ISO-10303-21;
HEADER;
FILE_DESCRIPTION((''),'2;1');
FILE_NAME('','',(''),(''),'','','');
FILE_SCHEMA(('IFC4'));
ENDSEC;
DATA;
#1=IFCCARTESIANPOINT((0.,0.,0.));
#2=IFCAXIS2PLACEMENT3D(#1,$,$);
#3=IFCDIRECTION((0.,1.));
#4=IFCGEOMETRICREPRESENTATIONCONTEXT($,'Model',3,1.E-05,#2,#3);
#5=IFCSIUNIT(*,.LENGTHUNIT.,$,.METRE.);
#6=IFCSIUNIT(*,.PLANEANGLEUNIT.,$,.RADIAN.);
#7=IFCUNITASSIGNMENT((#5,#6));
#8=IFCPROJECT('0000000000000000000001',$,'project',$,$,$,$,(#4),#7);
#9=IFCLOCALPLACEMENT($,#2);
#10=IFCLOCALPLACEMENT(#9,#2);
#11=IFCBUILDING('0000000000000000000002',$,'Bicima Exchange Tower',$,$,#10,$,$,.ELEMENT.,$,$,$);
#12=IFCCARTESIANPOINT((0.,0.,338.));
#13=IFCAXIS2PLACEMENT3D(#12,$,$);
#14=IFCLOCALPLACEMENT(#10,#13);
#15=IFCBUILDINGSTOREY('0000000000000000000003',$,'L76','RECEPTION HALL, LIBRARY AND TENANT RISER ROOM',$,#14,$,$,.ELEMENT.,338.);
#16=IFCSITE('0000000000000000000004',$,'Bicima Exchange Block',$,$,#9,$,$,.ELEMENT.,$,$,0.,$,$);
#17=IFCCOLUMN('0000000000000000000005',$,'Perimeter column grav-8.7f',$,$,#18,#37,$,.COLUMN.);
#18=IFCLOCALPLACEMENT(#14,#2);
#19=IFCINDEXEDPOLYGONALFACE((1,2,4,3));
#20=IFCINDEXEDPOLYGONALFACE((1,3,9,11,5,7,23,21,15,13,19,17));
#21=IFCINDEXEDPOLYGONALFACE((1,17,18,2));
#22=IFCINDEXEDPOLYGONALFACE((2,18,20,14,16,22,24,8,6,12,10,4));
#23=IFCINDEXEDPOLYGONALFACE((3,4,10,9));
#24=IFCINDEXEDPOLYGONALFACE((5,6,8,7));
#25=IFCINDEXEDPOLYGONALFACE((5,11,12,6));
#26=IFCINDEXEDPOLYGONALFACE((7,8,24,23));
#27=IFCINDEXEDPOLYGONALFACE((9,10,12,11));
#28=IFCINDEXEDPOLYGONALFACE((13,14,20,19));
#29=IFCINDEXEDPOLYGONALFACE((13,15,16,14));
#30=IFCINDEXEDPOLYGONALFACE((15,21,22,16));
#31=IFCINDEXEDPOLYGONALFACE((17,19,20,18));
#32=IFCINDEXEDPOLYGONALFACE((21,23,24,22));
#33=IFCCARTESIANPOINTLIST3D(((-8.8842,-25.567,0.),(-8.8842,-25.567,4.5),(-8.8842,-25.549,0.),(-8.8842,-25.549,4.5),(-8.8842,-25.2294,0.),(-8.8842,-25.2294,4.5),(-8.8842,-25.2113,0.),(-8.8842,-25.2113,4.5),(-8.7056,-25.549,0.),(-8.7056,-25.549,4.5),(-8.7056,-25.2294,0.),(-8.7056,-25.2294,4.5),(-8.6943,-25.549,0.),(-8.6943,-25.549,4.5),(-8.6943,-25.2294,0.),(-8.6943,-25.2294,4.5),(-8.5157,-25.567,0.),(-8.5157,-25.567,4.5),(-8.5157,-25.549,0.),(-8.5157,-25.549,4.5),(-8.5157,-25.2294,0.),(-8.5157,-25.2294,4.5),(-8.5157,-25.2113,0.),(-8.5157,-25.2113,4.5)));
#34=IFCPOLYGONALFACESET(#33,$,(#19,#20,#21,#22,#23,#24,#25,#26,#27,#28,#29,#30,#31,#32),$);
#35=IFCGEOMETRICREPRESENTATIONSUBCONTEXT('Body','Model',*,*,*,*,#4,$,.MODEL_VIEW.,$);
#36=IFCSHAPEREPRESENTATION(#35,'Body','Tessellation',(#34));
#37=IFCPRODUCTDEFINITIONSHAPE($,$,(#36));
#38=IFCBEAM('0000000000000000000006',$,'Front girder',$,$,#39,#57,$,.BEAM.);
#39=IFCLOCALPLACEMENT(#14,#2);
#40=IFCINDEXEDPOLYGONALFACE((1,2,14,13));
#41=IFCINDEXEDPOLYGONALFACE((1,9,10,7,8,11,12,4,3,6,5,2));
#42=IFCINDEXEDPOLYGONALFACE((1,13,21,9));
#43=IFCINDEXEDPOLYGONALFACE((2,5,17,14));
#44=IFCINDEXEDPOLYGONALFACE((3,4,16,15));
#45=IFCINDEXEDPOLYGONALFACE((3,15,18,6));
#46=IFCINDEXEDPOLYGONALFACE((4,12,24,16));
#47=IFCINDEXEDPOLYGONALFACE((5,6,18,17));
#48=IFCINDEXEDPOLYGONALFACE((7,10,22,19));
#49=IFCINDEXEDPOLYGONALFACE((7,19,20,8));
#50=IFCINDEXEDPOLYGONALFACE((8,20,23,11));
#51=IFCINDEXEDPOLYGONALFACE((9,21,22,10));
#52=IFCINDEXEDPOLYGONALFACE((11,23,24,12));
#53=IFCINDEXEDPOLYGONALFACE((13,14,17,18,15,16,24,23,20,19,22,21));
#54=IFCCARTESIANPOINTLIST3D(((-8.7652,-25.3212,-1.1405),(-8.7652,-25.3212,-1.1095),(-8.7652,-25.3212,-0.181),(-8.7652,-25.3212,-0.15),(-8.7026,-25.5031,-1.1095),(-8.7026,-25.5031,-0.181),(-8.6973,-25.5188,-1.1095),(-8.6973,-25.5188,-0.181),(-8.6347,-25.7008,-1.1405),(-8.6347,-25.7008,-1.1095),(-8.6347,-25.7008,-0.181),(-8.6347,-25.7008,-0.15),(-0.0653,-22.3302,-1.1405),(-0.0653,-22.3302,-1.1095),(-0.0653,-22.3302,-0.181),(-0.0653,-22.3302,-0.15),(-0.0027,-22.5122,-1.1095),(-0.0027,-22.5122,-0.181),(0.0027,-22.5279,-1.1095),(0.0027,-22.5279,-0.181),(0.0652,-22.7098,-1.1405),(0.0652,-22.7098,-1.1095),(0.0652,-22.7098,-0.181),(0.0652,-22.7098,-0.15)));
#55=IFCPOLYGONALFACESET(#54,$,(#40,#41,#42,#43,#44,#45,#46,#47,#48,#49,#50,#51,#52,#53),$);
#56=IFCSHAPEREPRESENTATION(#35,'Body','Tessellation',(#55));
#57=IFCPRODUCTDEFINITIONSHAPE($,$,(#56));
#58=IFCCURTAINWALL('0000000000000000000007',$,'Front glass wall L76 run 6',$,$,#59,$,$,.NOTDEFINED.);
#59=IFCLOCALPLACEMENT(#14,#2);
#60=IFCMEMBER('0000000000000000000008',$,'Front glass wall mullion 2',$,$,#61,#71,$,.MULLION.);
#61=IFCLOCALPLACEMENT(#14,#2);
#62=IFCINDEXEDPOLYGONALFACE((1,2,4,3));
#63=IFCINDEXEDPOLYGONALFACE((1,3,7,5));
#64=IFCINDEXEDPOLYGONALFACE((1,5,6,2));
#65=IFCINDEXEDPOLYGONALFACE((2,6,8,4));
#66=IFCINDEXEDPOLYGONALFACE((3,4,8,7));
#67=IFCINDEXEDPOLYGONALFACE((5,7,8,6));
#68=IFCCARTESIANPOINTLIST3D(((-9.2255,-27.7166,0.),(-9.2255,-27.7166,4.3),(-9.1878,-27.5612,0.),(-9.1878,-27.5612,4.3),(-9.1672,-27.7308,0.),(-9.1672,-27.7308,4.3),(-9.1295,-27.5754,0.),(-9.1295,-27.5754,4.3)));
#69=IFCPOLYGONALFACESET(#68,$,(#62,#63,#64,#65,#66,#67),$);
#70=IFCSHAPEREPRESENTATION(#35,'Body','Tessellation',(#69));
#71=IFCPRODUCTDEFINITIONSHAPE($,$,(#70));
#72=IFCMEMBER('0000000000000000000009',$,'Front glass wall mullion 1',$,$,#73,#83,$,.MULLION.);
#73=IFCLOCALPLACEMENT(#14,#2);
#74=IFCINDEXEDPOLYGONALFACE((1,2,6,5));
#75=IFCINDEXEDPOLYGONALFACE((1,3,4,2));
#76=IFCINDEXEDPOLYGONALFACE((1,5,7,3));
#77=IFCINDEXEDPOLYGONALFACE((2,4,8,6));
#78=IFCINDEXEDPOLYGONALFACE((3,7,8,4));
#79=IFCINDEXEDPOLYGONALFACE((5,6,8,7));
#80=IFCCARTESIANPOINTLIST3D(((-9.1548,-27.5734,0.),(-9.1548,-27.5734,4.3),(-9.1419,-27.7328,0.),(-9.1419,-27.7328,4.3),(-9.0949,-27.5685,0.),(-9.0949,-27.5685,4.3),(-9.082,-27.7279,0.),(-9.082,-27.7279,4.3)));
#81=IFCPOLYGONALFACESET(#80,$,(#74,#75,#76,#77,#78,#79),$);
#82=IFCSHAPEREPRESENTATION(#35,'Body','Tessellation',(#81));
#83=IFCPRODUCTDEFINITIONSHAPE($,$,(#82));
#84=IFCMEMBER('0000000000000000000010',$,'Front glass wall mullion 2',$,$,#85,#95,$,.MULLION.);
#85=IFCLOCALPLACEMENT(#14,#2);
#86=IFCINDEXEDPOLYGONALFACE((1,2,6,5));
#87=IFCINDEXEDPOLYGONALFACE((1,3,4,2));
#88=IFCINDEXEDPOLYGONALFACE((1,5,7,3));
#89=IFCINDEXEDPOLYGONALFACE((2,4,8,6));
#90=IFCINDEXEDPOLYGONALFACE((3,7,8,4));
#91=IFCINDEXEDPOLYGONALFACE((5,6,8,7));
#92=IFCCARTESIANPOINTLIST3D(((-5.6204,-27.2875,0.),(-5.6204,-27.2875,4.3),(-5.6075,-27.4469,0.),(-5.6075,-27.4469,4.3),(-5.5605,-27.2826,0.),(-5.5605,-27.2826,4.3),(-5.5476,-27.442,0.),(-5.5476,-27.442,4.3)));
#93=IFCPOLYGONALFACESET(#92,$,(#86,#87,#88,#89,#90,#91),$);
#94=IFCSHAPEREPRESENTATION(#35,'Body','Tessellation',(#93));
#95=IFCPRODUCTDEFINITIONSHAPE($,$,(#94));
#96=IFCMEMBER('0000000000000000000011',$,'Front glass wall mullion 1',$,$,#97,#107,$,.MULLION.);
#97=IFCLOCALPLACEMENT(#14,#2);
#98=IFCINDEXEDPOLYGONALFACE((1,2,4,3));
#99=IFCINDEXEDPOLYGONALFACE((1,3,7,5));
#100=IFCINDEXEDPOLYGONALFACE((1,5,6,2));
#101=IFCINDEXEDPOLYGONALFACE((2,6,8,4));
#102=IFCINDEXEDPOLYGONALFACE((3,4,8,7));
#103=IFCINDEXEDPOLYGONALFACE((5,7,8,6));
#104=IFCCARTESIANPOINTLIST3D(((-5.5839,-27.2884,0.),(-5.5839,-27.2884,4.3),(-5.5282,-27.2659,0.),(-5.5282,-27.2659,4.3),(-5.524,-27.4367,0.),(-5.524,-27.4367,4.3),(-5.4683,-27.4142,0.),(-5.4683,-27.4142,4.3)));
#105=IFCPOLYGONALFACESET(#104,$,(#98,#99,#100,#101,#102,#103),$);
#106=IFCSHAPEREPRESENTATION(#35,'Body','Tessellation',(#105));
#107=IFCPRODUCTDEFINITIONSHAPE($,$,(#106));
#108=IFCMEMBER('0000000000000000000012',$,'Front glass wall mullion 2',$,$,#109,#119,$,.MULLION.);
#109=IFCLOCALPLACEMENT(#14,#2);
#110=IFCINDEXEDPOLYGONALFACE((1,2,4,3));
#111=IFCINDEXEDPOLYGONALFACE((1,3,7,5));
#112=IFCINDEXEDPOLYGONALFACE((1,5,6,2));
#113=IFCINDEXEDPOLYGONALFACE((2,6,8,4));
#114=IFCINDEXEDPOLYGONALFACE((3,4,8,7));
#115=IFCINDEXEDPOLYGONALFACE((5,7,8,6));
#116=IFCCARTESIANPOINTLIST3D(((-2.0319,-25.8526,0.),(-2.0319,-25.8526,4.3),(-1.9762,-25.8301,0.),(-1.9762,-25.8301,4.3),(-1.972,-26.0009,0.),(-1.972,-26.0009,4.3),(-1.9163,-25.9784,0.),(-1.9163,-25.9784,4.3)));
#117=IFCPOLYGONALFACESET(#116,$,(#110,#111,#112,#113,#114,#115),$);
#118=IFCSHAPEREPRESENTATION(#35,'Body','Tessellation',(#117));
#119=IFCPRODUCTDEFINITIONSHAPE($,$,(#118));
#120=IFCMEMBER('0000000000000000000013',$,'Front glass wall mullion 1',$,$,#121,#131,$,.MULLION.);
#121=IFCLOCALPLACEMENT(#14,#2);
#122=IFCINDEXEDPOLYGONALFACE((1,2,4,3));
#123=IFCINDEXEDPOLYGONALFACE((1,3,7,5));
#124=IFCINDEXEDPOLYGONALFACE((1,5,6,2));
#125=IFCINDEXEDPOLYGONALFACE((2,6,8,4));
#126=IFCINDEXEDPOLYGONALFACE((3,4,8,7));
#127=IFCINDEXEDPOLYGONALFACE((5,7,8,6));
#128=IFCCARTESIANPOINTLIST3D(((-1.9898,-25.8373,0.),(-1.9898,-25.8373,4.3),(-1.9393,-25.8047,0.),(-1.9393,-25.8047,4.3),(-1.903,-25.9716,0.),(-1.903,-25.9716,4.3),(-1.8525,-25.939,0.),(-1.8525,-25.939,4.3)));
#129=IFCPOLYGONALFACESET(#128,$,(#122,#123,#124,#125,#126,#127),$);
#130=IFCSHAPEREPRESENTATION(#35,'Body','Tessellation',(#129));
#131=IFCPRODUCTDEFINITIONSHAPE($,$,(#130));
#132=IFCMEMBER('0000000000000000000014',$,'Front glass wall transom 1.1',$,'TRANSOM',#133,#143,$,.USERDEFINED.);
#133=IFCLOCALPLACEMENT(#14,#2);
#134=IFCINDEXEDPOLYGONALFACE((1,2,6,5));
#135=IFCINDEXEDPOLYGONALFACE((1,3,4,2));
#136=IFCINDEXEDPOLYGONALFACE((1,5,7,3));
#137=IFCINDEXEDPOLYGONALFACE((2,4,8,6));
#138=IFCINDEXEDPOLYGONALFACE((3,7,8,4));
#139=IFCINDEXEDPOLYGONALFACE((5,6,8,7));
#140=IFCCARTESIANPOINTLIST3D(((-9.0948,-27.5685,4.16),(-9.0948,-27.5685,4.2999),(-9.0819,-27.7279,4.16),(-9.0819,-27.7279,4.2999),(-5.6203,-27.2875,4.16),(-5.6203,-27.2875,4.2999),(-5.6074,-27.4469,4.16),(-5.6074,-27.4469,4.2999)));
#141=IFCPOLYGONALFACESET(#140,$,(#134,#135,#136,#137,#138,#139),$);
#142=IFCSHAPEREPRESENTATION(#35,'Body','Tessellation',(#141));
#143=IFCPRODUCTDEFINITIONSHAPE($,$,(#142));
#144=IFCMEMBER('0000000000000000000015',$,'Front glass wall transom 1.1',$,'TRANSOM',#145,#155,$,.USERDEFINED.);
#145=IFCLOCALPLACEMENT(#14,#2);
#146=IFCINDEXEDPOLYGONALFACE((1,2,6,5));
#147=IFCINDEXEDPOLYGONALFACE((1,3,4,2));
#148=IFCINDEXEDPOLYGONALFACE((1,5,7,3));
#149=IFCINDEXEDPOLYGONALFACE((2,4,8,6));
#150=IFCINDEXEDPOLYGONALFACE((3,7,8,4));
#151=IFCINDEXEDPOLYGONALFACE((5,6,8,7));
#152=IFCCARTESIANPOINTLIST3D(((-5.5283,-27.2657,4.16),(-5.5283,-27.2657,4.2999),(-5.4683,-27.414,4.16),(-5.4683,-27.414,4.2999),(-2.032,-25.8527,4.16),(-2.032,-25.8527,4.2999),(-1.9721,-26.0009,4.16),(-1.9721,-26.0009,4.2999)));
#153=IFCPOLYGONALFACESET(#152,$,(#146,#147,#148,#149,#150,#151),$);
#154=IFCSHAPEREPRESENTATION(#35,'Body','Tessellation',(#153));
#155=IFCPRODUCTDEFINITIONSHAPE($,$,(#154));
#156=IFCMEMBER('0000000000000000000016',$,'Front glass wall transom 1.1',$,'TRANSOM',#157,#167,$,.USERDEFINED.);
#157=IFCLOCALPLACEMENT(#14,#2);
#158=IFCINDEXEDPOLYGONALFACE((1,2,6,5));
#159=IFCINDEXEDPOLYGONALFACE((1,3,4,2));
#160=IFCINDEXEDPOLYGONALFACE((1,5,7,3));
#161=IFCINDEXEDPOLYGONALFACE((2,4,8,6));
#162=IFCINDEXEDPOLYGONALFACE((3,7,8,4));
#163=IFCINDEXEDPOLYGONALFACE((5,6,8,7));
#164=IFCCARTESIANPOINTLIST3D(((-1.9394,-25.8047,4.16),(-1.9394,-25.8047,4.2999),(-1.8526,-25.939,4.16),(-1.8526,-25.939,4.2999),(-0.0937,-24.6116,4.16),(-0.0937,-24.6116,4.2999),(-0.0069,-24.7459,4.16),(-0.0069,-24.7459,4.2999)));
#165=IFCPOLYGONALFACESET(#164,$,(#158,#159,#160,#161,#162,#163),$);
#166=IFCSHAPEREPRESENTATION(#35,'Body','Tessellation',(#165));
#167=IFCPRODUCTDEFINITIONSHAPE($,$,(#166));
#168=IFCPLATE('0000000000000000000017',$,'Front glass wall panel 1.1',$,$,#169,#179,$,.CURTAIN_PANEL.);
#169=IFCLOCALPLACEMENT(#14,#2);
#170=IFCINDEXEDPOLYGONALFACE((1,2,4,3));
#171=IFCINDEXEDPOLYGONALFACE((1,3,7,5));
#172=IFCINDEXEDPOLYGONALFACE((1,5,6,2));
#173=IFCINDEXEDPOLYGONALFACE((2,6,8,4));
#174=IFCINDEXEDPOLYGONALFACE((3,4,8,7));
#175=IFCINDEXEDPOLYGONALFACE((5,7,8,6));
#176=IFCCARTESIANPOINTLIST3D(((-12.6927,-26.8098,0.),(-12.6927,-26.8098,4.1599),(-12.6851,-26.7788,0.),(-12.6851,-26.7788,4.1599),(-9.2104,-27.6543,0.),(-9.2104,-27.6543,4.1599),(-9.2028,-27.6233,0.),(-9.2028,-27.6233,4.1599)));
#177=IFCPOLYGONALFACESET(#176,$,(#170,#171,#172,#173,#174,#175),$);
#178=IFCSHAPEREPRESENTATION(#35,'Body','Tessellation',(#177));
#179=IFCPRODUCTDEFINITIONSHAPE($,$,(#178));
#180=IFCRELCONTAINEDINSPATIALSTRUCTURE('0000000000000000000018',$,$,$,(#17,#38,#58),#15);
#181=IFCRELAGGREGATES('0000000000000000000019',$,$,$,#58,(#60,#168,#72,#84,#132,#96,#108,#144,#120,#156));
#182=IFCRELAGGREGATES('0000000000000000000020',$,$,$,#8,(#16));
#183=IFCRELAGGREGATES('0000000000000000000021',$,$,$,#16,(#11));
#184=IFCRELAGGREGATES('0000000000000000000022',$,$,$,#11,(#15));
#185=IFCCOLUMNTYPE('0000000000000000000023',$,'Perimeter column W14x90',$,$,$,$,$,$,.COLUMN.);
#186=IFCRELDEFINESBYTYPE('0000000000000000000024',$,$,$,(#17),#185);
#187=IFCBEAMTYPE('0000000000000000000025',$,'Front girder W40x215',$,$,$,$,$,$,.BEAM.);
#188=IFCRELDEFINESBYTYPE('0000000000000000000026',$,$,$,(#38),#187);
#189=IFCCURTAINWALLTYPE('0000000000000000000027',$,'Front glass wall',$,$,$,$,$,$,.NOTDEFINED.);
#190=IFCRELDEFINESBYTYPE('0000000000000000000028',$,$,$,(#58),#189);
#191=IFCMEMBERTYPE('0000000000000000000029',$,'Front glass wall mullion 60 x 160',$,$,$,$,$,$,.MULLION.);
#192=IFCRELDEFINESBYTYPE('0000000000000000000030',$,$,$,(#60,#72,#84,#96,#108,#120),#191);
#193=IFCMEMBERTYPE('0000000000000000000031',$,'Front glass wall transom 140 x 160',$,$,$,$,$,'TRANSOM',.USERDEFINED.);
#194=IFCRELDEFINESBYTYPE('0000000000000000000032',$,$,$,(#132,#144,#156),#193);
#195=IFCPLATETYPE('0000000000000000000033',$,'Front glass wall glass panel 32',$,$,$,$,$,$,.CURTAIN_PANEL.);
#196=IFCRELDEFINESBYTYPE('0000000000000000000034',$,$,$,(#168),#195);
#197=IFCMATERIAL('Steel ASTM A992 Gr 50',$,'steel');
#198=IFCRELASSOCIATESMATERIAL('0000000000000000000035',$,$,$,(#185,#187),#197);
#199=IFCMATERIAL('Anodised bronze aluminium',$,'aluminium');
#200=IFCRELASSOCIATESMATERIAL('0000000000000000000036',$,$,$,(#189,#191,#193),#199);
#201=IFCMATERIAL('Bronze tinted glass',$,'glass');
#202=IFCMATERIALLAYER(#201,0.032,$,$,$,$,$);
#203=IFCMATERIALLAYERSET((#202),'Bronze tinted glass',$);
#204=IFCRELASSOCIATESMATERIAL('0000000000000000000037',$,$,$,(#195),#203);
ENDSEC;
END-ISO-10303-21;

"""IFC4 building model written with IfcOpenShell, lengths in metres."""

from ifc_helpers import new_model, si_unit, direction, frame, origin, origin_2d, place, context, subcontext, project, spatial, rectangle, i_section, extrude, material, layer, layer_set, material_profile, profile_set, type_object, element, aggregate, save


model = new_model("IFC4")

# Units and contexts
model_context = context("Model", 3, precision=1e-05, world=origin(), true_north=direction((0.0, 1.0)))
body_context = subcontext(model_context, "Body", "Model", "MODEL_VIEW")
ifc_project = project(units=[si_unit("LENGTHUNIT", "METRE"), si_unit("PLANEANGLEUNIT", "RADIAN")], contexts=[model_context])

# Site, building, storey
site_placement = place(None, origin())
site = spatial("IfcSite", under=ifc_project, at=site_placement, Name="Bicima Exchange Block", CompositionType="ELEMENT", RefElevation=0.0)
building_placement = place(site_placement, origin())
building = spatial("IfcBuilding", under=site, at=building_placement, Name="Bicima Exchange Tower", CompositionType="ELEMENT")
storey_placement = place(building_placement, frame((0.0, 0.0, 338.0)))
storey = spatial("IfcBuildingStorey", under=building, at=storey_placement, Name="L76", Description="RECEPTION HALL, LIBRARY AND TENANT RISER ROOM", CompositionType="ELEMENT", Elevation=338.0)

# Column
ifc_material_1 = material(Name="Steel ASTM A992 Gr 50", Category="steel")
ifc_material_profile_1 = material_profile(ifc_material_1, i_section(OverallWidth=0.3684, OverallDepth=0.3557, WebThickness=0.0112, FlangeThickness=0.0181, at=origin_2d()))
ifc_profile_set_1 = profile_set([ifc_material_profile_1], Name="Steel ASTM A992 Gr 50")
column_type = type_object("IfcColumnType", Name="Perimeter column W14x90", PredefinedType="COLUMN", material=ifc_profile_set_1)
column_placement = place(storey_placement, frame((-8.7, -25.3892, 0.0), z_axis=(0.0, 0.0, 1.0), x_axis=(1.0, 0.0, 0.0)))
element("IfcColumn", 1, at=column_placement, inside=storey, type_object=column_type, Name="Perimeter column grav-8.7f", PredefinedType="COLUMN", context=body_context, shape_type="SweptSolid", body=[
    extrude(i_section(OverallWidth=0.3684, OverallDepth=0.3557, WebThickness=0.0112, FlangeThickness=0.0181, at=origin_2d()), origin(), (0.0, 0.0, 1.0), 4.5),
])

# Beam
ifc_material_profile_2 = material_profile(ifc_material_1, i_section(OverallWidth=0.4014, OverallDepth=0.9905, WebThickness=0.0166, FlangeThickness=0.031, at=origin_2d()))
ifc_profile_set_2 = profile_set([ifc_material_profile_2], Name="Steel ASTM A992 Gr 50")
beam_type = type_object("IfcBeamType", Name="Front girder W40x215", PredefinedType="BEAM", material=ifc_profile_set_2)
beam_placement = place(storey_placement, frame((-8.7, -25.511, -0.6453), z_axis=(0.945675, 0.325115, 0.0), x_axis=(-0.325115, 0.945675, 0.0)))
element("IfcBeam", 2, at=beam_placement, inside=storey, type_object=beam_type, Name="Front girder", PredefinedType="BEAM", context=body_context, shape_type="SweptSolid", body=[
    extrude(i_section(OverallWidth=0.4014, OverallDepth=0.9905, WebThickness=0.0166, FlangeThickness=0.031, at=origin_2d()), origin(), (0.0, 0.0, 1.0), 9.1997),
])

# Curtain wall, members, plate
ifc_material_2 = material(Name="Anodised bronze aluminium", Category="aluminium")
curtain_wall_type = type_object("IfcCurtainWallType", Name="Front glass wall", PredefinedType="NOTDEFINED", material=ifc_material_2)
curtain_wall_placement = place(storey_placement, origin())
curtain_wall = element("IfcCurtainWall", 3, at=curtain_wall_placement, inside=storey, type_object=curtain_wall_type, Name="Front glass wall L76 run 6", PredefinedType="NOTDEFINED")
ifc_material_profile_3 = material_profile(ifc_material_2, rectangle(XDim=0.1599, YDim=0.0601, at=origin_2d()))
ifc_profile_set_3 = profile_set([ifc_material_profile_3], Name="Anodised bronze aluminium")
member_type_1 = type_object("IfcMemberType", Name="Front glass wall mullion 60 x 160", PredefinedType="MULLION", material=ifc_profile_set_3)
member_1_placement = place(storey_placement, frame((-9.1775, -27.646, 0.0), z_axis=(0.0, 0.0, 1.0), x_axis=(0.235682, 0.97183, 0.0)))
member_1 = element("IfcMember", 4, at=member_1_placement, type_object=member_type_1, Name="Front glass wall mullion 2", PredefinedType="MULLION", context=body_context, shape_type="SweptSolid", body=[
    extrude(rectangle(XDim=0.1599, YDim=0.0601, at=origin_2d()), origin(), (0.0, 0.0, 1.0), 4.3),
])
member_2_placement = place(storey_placement, frame((-9.1184, -27.6506, 0.0), z_axis=(0.0, 0.0, 1.0), x_axis=(-0.080589, 0.996747, 0.0)))
member_2 = element("IfcMember", 5, at=member_2_placement, type_object=member_type_1, Name="Front glass wall mullion 1", PredefinedType="MULLION", context=body_context, shape_type="SweptSolid", body=[
    extrude(rectangle(XDim=0.1599, YDim=0.0601, at=origin_2d()), origin(), (0.0, 0.0, 1.0), 4.3),
])
member_3_placement = place(storey_placement, frame((-5.584, -27.3647, 0.0), z_axis=(0.0, 0.0, 1.0), x_axis=(-0.080589, 0.996747, 0.0)))
member_3 = element("IfcMember", 6, at=member_3_placement, type_object=member_type_1, Name="Front glass wall mullion 2", PredefinedType="MULLION", context=body_context, shape_type="SweptSolid", body=[
    extrude(rectangle(XDim=0.1599, YDim=0.0601, at=origin_2d()), origin(), (0.0, 0.0, 1.0), 4.3),
])
member_4_placement = place(storey_placement, frame((-5.5261, -27.3513, 0.0), z_axis=(0.0, 0.0, 1.0), x_axis=(-0.374705, 0.927144, 0.0)))
member_4 = element("IfcMember", 7, at=member_4_placement, type_object=member_type_1, Name="Front glass wall mullion 1", PredefinedType="MULLION", context=body_context, shape_type="SweptSolid", body=[
    extrude(rectangle(XDim=0.1599, YDim=0.0601, at=origin_2d()), origin(), (0.0, 0.0, 1.0), 4.3),
])
member_5_placement = place(storey_placement, frame((-1.9741, -25.9155, 0.0), z_axis=(0.0, 0.0, 1.0), x_axis=(-0.374705, 0.927144, 0.0)))
member_5 = element("IfcMember", 8, at=member_5_placement, type_object=member_type_1, Name="Front glass wall mullion 2", PredefinedType="MULLION", context=body_context, shape_type="SweptSolid", body=[
    extrude(rectangle(XDim=0.1599, YDim=0.0601, at=origin_2d()), origin(), (0.0, 0.0, 1.0), 4.3),
])
member_6_placement = place(storey_placement, frame((-1.9211, -25.8882, 0.0), z_axis=(0.0, 0.0, 1.0), x_axis=(-0.542897, 0.839799, 0.0)))
member_6 = element("IfcMember", 9, at=member_6_placement, type_object=member_type_1, Name="Front glass wall mullion 1", PredefinedType="MULLION", context=body_context, shape_type="SweptSolid", body=[
    extrude(rectangle(XDim=0.1599, YDim=0.0601, at=origin_2d()), origin(), (0.0, 0.0, 1.0), 4.3),
])
ifc_material_profile_4 = material_profile(ifc_material_2, rectangle(XDim=0.1599, YDim=0.1399, at=origin_2d()))
ifc_profile_set_4 = profile_set([ifc_material_profile_4], Name="Anodised bronze aluminium")
member_type_2 = type_object("IfcMemberType", Name="Front glass wall transom 140 x 160", ElementType="TRANSOM", PredefinedType="USERDEFINED", material=ifc_profile_set_4)
member_7_placement = place(storey_placement, frame((-9.0884, -27.6482, 4.23), z_axis=(0.996746, 0.080611, 0.0), x_axis=(-0.080611, 0.996746, 0.0)))
member_7 = element("IfcMember", 10, at=member_7_placement, type_object=member_type_2, Name="Front glass wall transom 1.1", ObjectType="TRANSOM", PredefinedType="USERDEFINED", context=body_context, shape_type="SweptSolid", body=[
    extrude(rectangle(XDim=0.1599, YDim=0.1399, at=origin_2d()), origin(), (0.0, 0.0, 1.0), 3.4858),
])
member_8_placement = place(storey_placement, frame((-5.4983, -27.3398, 4.23), z_axis=(0.92714, 0.374715, 0.0), x_axis=(-0.374715, 0.92714, 0.0)))
member_8 = element("IfcMember", 11, at=member_8_placement, type_object=member_type_2, Name="Front glass wall transom 1.1", ObjectType="TRANSOM", PredefinedType="USERDEFINED", context=body_context, shape_type="SweptSolid", body=[
    extrude(rectangle(XDim=0.1599, YDim=0.1399, at=origin_2d()), origin(), (0.0, 0.0, 1.0), 3.771),
])
member_9_placement = place(storey_placement, frame((-1.896, -25.8718, 4.23), z_axis=(0.839811, 0.542878, 0.0), x_axis=(-0.542878, 0.839811, 0.0)))
member_9 = element("IfcMember", 12, at=member_9_placement, type_object=member_type_2, Name="Front glass wall transom 1.1", ObjectType="TRANSOM", PredefinedType="USERDEFINED", context=body_context, shape_type="SweptSolid", body=[
    extrude(rectangle(XDim=0.1599, YDim=0.1399, at=origin_2d()), origin(), (0.0, 0.0, 1.0), 2.1978),
])
ifc_material_3 = material(Name="Bronze tinted glass", Category="glass")
ifc_layer_1 = layer(ifc_material_3, 0.032)
ifc_layer_set_1 = layer_set([ifc_layer_1], Name="Bronze tinted glass")
plate_type_1 = type_object("IfcPlateType", Name="Front glass wall glass panel 32", PredefinedType="CURTAIN_PANEL", material=ifc_layer_set_1)
plate_1_placement = place(storey_placement, frame((-10.9478, -27.2166, 0.0), z_axis=(0.0, 0.0, 1.0), x_axis=(0.97183, -0.235682, 0.0)))
plate_1 = element("IfcPlate", 13, at=plate_1_placement, type_object=plate_type_1, Name="Front glass wall panel 1.1", PredefinedType="CURTAIN_PANEL", context=body_context, shape_type="SweptSolid", body=[
    extrude(rectangle(XDim=3.5833, YDim=0.032, at=origin_2d()), origin(), (0.0, 0.0, 1.0), 4.1599),
])
aggregate(curtain_wall, [member_1, plate_1, member_2, member_3, member_7, member_4, member_5, member_8, member_6, member_9])

save(model, "model.ifc")
